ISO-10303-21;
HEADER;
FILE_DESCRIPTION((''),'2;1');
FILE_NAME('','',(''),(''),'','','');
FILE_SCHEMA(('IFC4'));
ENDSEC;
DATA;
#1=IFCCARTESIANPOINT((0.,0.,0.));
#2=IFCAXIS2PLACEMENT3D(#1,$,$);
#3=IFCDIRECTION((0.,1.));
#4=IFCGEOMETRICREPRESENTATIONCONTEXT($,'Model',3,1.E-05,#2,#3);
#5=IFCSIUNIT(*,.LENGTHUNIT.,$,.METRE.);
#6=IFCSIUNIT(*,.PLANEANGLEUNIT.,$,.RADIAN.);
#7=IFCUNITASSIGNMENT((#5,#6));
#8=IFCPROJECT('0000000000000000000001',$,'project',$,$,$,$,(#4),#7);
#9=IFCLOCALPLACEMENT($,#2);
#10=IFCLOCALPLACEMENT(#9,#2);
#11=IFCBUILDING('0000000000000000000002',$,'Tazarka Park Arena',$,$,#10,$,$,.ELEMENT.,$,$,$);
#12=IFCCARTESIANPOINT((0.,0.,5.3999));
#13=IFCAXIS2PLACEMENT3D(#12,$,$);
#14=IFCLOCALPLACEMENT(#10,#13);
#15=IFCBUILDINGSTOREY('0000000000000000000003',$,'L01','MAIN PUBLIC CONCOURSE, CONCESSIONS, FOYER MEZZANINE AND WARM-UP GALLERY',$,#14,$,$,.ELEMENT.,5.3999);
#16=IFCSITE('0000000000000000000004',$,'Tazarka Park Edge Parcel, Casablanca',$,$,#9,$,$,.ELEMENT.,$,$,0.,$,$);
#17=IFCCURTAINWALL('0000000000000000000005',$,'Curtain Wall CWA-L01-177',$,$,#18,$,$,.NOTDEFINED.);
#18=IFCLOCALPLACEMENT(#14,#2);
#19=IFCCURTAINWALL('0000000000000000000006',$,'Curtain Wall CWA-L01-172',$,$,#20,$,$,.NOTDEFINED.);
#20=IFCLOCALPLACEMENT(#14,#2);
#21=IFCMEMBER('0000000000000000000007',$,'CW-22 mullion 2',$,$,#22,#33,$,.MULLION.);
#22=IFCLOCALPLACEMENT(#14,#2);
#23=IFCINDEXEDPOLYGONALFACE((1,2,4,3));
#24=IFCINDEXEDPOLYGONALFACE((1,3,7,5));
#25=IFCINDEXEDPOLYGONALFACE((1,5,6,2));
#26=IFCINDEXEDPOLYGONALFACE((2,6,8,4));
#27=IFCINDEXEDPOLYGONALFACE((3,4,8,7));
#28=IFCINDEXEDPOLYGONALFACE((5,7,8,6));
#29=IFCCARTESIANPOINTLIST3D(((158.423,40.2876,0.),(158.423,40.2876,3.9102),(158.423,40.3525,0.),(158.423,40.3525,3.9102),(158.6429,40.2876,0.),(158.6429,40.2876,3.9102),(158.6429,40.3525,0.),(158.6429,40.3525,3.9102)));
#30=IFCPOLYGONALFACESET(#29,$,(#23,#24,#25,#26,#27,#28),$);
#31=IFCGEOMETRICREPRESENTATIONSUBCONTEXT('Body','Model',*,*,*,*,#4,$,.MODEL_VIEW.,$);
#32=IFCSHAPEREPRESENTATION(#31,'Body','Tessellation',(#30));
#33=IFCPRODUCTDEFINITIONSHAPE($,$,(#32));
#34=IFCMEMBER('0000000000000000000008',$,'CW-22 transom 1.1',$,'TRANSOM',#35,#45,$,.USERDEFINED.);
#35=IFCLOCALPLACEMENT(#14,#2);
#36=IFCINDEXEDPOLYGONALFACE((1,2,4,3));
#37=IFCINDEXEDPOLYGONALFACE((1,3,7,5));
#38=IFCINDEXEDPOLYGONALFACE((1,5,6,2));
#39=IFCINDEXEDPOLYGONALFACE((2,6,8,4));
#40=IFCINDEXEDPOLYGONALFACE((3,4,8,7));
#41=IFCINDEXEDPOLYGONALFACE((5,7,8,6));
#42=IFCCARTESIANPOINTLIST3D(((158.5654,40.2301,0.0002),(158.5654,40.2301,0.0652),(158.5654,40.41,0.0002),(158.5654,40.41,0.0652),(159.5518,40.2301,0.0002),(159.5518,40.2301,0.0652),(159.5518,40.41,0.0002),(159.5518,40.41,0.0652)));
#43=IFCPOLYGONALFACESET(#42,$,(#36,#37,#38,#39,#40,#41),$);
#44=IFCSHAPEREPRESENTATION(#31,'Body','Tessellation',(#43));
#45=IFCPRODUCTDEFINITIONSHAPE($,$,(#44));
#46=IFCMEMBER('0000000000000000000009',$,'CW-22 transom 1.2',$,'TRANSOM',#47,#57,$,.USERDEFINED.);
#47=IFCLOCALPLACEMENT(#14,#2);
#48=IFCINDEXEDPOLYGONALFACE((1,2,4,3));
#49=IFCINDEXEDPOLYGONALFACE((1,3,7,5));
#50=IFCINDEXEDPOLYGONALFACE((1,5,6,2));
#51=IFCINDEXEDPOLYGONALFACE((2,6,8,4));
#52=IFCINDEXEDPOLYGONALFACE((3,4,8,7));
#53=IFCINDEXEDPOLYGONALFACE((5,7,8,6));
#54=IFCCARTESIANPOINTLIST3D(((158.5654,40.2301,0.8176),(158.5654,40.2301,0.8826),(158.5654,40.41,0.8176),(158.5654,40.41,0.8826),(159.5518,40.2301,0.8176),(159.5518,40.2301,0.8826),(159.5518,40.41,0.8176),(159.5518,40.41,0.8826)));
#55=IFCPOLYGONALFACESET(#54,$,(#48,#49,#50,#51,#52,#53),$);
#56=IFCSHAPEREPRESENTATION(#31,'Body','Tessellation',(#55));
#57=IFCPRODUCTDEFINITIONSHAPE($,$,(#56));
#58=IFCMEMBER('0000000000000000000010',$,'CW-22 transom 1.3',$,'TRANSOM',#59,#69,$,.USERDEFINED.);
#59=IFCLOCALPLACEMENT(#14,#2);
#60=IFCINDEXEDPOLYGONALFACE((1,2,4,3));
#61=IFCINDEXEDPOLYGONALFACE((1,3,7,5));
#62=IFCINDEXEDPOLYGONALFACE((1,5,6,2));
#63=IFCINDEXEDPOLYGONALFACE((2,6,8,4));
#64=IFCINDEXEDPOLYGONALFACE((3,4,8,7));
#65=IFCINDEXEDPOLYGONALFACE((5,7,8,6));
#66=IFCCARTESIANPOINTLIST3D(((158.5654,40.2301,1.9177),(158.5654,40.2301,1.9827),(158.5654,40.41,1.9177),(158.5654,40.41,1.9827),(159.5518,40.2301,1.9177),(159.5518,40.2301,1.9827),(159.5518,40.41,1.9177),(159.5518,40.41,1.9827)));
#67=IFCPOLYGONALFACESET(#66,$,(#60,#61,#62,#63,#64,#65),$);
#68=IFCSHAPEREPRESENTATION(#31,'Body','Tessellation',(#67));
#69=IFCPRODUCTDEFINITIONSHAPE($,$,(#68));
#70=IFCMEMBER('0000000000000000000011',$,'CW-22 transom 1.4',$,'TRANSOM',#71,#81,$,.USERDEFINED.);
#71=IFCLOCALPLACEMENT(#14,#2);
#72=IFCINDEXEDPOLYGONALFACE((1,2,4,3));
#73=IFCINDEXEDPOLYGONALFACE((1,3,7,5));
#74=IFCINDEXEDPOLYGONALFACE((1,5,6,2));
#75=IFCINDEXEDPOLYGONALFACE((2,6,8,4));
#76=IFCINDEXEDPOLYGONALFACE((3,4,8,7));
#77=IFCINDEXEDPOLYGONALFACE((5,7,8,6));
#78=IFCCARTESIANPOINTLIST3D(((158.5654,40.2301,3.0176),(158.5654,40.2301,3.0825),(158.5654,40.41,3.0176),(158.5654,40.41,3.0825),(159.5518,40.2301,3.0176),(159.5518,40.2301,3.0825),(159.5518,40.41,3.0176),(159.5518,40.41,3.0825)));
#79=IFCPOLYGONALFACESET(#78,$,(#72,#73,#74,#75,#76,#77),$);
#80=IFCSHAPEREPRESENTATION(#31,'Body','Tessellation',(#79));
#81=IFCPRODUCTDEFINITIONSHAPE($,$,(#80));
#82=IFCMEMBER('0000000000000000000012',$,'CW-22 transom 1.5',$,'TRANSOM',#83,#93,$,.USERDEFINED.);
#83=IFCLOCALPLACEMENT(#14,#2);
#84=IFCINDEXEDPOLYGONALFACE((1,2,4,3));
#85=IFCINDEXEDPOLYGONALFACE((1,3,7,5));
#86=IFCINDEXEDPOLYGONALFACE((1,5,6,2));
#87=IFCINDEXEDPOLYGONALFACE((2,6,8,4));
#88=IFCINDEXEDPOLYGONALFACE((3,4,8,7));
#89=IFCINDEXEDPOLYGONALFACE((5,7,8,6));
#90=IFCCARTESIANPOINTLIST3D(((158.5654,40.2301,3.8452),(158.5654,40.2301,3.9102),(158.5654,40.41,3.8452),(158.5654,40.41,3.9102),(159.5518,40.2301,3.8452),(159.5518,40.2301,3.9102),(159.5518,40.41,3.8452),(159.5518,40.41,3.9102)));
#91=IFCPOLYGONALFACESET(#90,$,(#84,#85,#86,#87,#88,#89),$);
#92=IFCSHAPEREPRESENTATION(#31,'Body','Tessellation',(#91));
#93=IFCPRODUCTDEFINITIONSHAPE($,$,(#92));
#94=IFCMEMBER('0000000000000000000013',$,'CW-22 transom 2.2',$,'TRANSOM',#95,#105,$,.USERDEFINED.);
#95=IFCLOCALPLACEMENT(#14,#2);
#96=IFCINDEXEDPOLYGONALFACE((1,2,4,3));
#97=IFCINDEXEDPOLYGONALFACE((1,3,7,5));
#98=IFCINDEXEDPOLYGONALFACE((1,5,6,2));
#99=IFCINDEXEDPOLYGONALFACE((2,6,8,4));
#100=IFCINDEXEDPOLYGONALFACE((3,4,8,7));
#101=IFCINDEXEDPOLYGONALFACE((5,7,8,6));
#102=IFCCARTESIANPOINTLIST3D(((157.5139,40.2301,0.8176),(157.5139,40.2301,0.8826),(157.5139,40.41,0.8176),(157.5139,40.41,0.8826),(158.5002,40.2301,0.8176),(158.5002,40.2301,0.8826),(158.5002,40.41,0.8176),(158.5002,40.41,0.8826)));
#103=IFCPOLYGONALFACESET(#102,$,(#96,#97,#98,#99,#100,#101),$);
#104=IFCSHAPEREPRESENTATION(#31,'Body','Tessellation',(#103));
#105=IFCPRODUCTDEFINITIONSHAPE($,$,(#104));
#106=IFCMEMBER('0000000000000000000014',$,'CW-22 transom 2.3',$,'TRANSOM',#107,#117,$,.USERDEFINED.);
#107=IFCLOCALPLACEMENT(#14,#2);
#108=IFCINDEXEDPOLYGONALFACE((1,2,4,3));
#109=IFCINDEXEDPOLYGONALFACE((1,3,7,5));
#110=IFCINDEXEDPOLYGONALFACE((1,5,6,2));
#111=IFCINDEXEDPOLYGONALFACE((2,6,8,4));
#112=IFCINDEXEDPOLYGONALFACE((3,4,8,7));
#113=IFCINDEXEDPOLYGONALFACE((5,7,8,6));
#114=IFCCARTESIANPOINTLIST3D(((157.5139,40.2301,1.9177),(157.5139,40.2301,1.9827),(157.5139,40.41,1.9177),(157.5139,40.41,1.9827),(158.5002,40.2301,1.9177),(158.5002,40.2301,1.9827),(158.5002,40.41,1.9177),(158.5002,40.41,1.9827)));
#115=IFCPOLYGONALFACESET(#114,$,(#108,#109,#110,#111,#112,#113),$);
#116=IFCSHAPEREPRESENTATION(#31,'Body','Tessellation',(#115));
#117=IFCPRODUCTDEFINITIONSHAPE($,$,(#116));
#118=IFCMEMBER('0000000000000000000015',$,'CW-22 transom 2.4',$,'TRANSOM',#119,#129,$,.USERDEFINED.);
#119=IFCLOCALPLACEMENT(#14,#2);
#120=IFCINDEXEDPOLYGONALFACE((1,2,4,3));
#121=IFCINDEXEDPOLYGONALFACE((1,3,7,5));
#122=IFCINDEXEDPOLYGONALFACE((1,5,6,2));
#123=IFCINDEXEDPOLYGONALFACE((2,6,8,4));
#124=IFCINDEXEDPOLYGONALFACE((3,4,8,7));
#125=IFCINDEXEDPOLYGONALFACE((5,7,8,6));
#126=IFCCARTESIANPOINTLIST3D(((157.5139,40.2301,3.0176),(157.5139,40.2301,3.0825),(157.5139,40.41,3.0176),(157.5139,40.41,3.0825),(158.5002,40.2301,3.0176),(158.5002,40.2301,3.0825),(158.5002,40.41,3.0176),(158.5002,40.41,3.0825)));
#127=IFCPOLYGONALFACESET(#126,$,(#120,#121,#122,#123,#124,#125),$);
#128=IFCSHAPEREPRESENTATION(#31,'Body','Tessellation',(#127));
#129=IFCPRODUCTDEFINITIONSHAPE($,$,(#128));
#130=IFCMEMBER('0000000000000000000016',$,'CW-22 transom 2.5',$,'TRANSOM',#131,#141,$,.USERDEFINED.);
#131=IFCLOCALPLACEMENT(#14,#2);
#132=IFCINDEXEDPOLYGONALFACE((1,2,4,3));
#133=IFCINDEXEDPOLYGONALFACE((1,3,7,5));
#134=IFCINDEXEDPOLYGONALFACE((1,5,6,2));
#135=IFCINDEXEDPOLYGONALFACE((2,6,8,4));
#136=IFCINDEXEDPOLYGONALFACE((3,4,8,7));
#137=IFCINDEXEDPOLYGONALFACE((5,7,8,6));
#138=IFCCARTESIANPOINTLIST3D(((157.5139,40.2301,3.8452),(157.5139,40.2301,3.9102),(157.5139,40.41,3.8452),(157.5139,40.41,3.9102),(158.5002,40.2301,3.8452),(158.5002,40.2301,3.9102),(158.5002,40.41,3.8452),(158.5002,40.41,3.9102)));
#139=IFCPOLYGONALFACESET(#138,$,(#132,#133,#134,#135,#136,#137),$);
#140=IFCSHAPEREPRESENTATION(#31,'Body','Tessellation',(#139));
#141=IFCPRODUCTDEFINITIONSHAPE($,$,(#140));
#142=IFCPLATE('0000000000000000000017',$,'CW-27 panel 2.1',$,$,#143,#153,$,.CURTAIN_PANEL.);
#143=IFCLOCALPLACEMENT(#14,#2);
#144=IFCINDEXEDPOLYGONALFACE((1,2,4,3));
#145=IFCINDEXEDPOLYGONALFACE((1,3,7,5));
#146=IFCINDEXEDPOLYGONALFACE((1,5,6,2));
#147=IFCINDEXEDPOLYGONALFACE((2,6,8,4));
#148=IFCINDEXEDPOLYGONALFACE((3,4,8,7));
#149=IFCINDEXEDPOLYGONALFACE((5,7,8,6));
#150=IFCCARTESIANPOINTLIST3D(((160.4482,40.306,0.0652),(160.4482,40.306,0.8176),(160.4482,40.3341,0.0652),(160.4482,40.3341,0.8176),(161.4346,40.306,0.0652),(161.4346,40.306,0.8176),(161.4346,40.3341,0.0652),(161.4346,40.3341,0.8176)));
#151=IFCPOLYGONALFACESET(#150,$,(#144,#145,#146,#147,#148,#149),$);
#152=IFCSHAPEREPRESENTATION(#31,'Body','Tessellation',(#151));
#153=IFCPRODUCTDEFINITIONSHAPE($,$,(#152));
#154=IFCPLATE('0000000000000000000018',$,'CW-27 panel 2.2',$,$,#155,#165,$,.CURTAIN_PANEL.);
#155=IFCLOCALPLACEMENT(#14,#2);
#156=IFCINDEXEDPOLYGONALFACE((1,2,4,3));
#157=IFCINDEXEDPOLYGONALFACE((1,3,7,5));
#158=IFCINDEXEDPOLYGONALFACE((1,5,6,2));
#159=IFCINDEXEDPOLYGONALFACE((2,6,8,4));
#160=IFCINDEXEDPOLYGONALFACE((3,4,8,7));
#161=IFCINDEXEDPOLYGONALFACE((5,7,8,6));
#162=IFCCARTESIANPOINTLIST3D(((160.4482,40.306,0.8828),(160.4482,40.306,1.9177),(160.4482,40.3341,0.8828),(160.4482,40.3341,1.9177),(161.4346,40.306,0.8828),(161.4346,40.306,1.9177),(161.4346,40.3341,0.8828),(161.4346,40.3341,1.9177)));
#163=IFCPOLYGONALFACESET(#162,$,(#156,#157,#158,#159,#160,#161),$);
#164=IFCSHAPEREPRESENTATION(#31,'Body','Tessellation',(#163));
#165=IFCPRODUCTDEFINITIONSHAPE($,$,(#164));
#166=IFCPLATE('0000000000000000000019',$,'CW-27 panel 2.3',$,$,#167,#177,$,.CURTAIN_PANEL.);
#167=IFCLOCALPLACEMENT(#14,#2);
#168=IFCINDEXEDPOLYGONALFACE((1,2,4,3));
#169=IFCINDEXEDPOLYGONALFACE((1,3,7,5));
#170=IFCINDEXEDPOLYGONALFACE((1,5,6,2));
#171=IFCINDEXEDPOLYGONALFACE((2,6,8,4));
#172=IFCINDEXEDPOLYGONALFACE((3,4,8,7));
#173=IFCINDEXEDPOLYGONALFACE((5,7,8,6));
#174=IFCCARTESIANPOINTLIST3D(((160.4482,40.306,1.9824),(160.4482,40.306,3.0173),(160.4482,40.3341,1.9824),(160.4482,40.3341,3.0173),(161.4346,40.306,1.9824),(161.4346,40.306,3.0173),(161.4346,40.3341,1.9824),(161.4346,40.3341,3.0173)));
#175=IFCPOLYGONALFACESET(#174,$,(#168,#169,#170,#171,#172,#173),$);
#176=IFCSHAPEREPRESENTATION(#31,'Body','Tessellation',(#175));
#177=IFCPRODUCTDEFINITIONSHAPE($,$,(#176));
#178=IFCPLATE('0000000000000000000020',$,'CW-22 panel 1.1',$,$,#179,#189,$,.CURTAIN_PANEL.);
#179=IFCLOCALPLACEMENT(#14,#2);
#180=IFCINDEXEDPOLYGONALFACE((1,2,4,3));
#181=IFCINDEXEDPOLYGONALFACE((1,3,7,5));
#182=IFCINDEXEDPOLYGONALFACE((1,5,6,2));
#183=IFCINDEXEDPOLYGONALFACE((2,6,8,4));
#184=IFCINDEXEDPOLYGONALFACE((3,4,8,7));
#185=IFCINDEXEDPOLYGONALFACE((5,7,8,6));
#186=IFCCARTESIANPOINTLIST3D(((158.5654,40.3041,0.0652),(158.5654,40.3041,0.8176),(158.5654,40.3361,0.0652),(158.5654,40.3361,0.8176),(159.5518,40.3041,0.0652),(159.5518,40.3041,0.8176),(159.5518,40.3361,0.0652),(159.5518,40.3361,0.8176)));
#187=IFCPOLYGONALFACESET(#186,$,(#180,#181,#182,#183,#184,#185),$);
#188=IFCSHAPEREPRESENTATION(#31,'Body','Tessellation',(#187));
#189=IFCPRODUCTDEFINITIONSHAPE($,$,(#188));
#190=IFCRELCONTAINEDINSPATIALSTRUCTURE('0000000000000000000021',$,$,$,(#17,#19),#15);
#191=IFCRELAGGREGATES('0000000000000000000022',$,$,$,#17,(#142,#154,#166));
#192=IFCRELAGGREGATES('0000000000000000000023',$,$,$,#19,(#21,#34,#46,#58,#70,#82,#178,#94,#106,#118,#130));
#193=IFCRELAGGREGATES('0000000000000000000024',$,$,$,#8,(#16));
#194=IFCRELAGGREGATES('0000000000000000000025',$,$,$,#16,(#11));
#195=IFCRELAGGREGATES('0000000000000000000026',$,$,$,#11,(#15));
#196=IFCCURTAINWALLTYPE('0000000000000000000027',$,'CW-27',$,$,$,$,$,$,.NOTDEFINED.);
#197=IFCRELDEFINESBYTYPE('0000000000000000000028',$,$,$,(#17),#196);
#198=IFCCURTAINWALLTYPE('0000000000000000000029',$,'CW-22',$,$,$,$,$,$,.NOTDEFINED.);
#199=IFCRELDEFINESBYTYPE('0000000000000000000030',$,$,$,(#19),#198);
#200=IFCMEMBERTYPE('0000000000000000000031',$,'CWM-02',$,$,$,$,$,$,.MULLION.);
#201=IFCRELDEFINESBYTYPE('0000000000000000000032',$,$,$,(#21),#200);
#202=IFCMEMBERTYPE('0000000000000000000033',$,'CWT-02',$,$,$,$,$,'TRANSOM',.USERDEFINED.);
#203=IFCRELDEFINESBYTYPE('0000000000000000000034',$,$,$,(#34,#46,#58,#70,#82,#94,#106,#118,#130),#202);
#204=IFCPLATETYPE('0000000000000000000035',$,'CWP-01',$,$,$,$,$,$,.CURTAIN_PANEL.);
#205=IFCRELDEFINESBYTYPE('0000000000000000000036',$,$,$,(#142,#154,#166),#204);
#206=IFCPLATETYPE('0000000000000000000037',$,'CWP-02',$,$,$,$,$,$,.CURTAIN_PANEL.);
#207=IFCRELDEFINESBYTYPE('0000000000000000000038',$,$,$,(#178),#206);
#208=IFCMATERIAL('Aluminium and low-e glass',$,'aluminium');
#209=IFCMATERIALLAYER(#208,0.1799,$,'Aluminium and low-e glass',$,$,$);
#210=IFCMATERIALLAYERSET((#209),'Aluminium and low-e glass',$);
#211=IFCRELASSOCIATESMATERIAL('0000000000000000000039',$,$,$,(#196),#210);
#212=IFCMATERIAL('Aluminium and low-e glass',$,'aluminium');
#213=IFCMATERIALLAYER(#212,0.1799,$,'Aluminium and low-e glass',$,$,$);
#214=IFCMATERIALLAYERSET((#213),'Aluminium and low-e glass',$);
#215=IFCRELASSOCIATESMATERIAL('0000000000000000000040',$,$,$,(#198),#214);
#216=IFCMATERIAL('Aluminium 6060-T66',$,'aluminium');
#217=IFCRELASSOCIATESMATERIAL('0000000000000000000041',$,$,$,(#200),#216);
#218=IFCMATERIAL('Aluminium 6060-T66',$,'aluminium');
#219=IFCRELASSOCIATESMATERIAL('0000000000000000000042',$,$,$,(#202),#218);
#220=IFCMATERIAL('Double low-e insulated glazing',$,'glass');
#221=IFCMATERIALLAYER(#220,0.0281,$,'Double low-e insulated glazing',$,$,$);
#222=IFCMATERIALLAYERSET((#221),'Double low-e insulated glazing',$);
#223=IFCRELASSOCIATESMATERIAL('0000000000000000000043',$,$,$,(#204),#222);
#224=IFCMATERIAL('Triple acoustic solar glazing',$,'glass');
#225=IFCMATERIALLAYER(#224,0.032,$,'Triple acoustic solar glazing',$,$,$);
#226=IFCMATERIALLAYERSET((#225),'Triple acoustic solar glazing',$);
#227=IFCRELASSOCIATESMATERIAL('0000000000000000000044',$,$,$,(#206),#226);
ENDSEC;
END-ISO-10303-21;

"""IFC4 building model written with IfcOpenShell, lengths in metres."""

from ifc_helpers import new_model, si_unit, direction, frame, origin, origin_2d, place, context, subcontext, project, spatial, rectangle, extrude, material, layer, layer_set, material_profile, profile_set, type_object, element, aggregate, save


model = new_model("IFC4")

# Units and contexts
model_context = context("Model", 3, precision=1e-05, world=origin(), true_north=direction((0.0, 1.0)))
body_context = subcontext(model_context, "Body", "Model", "MODEL_VIEW")
ifc_project = project(units=[si_unit("LENGTHUNIT", "METRE"), si_unit("PLANEANGLEUNIT", "RADIAN")], contexts=[model_context])

# Site, building, storey
site_placement = place(None, origin())
site = spatial("IfcSite", under=ifc_project, at=site_placement, Name="Tazarka Park Edge Parcel, Casablanca", CompositionType="ELEMENT", RefElevation=0.0)
building_placement = place(site_placement, origin())
building = spatial("IfcBuilding", under=site, at=building_placement, Name="Tazarka Park Arena", CompositionType="ELEMENT")
storey_placement = place(building_placement, frame((0.0, 0.0, 5.3999)))
storey = spatial("IfcBuildingStorey", under=building, at=storey_placement, Name="L01", Description="MAIN PUBLIC CONCOURSE, CONCESSIONS, FOYER MEZZANINE AND WARM-UP GALLERY", CompositionType="ELEMENT", Elevation=5.3999)

# Curtain wall
ifc_material_1 = material(Name="Aluminium and low-e glass", Category="aluminium")
ifc_layer_1 = layer(ifc_material_1, 0.1799, Name="Aluminium and low-e glass")
ifc_layer_set_1 = layer_set([ifc_layer_1], Name="Aluminium and low-e glass")
curtain_wall_type_1 = type_object("IfcCurtainWallType", Name="CW-27", PredefinedType="NOTDEFINED", material=ifc_layer_set_1)
curtain_wall_1_placement = place(storey_placement, origin())
curtain_wall_1 = element("IfcCurtainWall", 1, at=curtain_wall_1_placement, inside=storey, type_object=curtain_wall_type_1, Name="Curtain Wall CWA-L01-177", PredefinedType="NOTDEFINED")

# Curtain wall, members
ifc_material_2 = material(Name="Aluminium and low-e glass", Category="aluminium")
ifc_layer_2 = layer(ifc_material_2, 0.1799, Name="Aluminium and low-e glass")
ifc_layer_set_2 = layer_set([ifc_layer_2], Name="Aluminium and low-e glass")
curtain_wall_type_2 = type_object("IfcCurtainWallType", Name="CW-22", PredefinedType="NOTDEFINED", material=ifc_layer_set_2)
curtain_wall_2_placement = place(storey_placement, origin())
curtain_wall_2 = element("IfcCurtainWall", 2, at=curtain_wall_2_placement, inside=storey, type_object=curtain_wall_type_2, Name="Curtain Wall CWA-L01-172", PredefinedType="NOTDEFINED")
ifc_material_3 = material(Name="Aluminium 6060-T66", Category="aluminium")
ifc_material_profile_1 = material_profile(ifc_material_3, rectangle(XDim=0.0649, YDim=0.22, at=origin_2d()), Name="Aluminium 6060-T66")
ifc_profile_set_1 = profile_set([ifc_material_profile_1], Name="Aluminium 6060-T66")
member_type_1 = type_object("IfcMemberType", Name="CWM-02", PredefinedType="MULLION", material=ifc_profile_set_1)
member_1_placement = place(storey_placement, frame((158.533, 40.3201, 0.0), z_axis=(0.0, 0.0, 1.0), x_axis=(0.0, -1.0, 0.0)))
member_1 = element("IfcMember", 3, at=member_1_placement, type_object=member_type_1, Name="CW-22 mullion 2", PredefinedType="MULLION", context=body_context, shape_type="SweptSolid", body=[
    extrude(rectangle(XDim=0.0649, YDim=0.22, at=origin_2d()), origin(), (0.0, 0.0, 1.0), 3.9102),
])
ifc_material_4 = material(Name="Aluminium 6060-T66", Category="aluminium")
ifc_material_profile_2 = material_profile(ifc_material_4, rectangle(XDim=0.1799, YDim=0.0649, at=origin_2d()), Name="Aluminium 6060-T66")
ifc_profile_set_2 = profile_set([ifc_material_profile_2], Name="Aluminium 6060-T66")
member_type_2 = type_object("IfcMemberType", Name="CWT-02", ElementType="TRANSOM", PredefinedType="USERDEFINED", material=ifc_profile_set_2)
member_2_placement = place(storey_placement, frame((159.5518, 40.3201, 0.0327), z_axis=(-1.0, 0.0, 0.0), x_axis=(0.0, -1.0, 0.0)))
member_2 = element("IfcMember", 4, at=member_2_placement, type_object=member_type_2, Name="CW-22 transom 1.1", ObjectType="TRANSOM", PredefinedType="USERDEFINED", context=body_context, shape_type="SweptSolid", body=[
    extrude(rectangle(XDim=0.1799, YDim=0.0649, at=origin_2d()), origin(), (0.0, 0.0, 1.0), 0.9863),
])
member_3_placement = place(storey_placement, frame((159.5518, 40.3201, 0.8501), z_axis=(-1.0, 0.0, 0.0), x_axis=(0.0, -1.0, 0.0)))
member_3 = element("IfcMember", 5, at=member_3_placement, type_object=member_type_2, Name="CW-22 transom 1.2", ObjectType="TRANSOM", PredefinedType="USERDEFINED", context=body_context, shape_type="SweptSolid", body=[
    extrude(rectangle(XDim=0.1799, YDim=0.0649, at=origin_2d()), origin(), (0.0, 0.0, 1.0), 0.9863),
])
member_4_placement = place(storey_placement, frame((159.5518, 40.3201, 1.9502), z_axis=(-1.0, 0.0, 0.0), x_axis=(0.0, -1.0, 0.0)))
member_4 = element("IfcMember", 6, at=member_4_placement, type_object=member_type_2, Name="CW-22 transom 1.3", ObjectType="TRANSOM", PredefinedType="USERDEFINED", context=body_context, shape_type="SweptSolid", body=[
    extrude(rectangle(XDim=0.1799, YDim=0.0649, at=origin_2d()), origin(), (0.0, 0.0, 1.0), 0.9863),
])
member_5_placement = place(storey_placement, frame((159.5518, 40.3201, 3.05), z_axis=(-1.0, 0.0, 0.0), x_axis=(0.0, -1.0, 0.0)))
member_5 = element("IfcMember", 7, at=member_5_placement, type_object=member_type_2, Name="CW-22 transom 1.4", ObjectType="TRANSOM", PredefinedType="USERDEFINED", context=body_context, shape_type="SweptSolid", body=[
    extrude(rectangle(XDim=0.1799, YDim=0.0649, at=origin_2d()), origin(), (0.0, 0.0, 1.0), 0.9863),
])
member_6_placement = place(storey_placement, frame((159.5518, 40.3201, 3.8777), z_axis=(-1.0, 0.0, 0.0), x_axis=(0.0, -1.0, 0.0)))
member_6 = element("IfcMember", 8, at=member_6_placement, type_object=member_type_2, Name="CW-22 transom 1.5", ObjectType="TRANSOM", PredefinedType="USERDEFINED", context=body_context, shape_type="SweptSolid", body=[
    extrude(rectangle(XDim=0.1799, YDim=0.0649, at=origin_2d()), origin(), (0.0, 0.0, 1.0), 0.9863),
])
member_7_placement = place(storey_placement, frame((158.5002, 40.3201, 0.8501), z_axis=(-1.0, 0.0, 0.0), x_axis=(0.0, -1.0, 0.0)))
member_7 = element("IfcMember", 9, at=member_7_placement, type_object=member_type_2, Name="CW-22 transom 2.2", ObjectType="TRANSOM", PredefinedType="USERDEFINED", context=body_context, shape_type="SweptSolid", body=[
    extrude(rectangle(XDim=0.1799, YDim=0.0649, at=origin_2d()), origin(), (0.0, 0.0, 1.0), 0.9863),
])
member_8_placement = place(storey_placement, frame((158.5002, 40.3201, 1.9502), z_axis=(-1.0, 0.0, 0.0), x_axis=(0.0, -1.0, 0.0)))
member_8 = element("IfcMember", 10, at=member_8_placement, type_object=member_type_2, Name="CW-22 transom 2.3", ObjectType="TRANSOM", PredefinedType="USERDEFINED", context=body_context, shape_type="SweptSolid", body=[
    extrude(rectangle(XDim=0.1799, YDim=0.0649, at=origin_2d()), origin(), (0.0, 0.0, 1.0), 0.9863),
])
member_9_placement = place(storey_placement, frame((158.5002, 40.3201, 3.05), z_axis=(-1.0, 0.0, 0.0), x_axis=(0.0, -1.0, 0.0)))
member_9 = element("IfcMember", 11, at=member_9_placement, type_object=member_type_2, Name="CW-22 transom 2.4", ObjectType="TRANSOM", PredefinedType="USERDEFINED", context=body_context, shape_type="SweptSolid", body=[
    extrude(rectangle(XDim=0.1799, YDim=0.0649, at=origin_2d()), origin(), (0.0, 0.0, 1.0), 0.9863),
])
member_10_placement = place(storey_placement, frame((158.5002, 40.3201, 3.8777), z_axis=(-1.0, 0.0, 0.0), x_axis=(0.0, -1.0, 0.0)))
member_10 = element("IfcMember", 12, at=member_10_placement, type_object=member_type_2, Name="CW-22 transom 2.5", ObjectType="TRANSOM", PredefinedType="USERDEFINED", context=body_context, shape_type="SweptSolid", body=[
    extrude(rectangle(XDim=0.1799, YDim=0.0649, at=origin_2d()), origin(), (0.0, 0.0, 1.0), 0.9863),
])

# Plates
ifc_material_5 = material(Name="Double low-e insulated glazing", Category="glass")
ifc_layer_3 = layer(ifc_material_5, 0.0281, Name="Double low-e insulated glazing")
ifc_layer_set_3 = layer_set([ifc_layer_3], Name="Double low-e insulated glazing")
plate_type_1 = type_object("IfcPlateType", Name="CWP-01", PredefinedType="CURTAIN_PANEL", material=ifc_layer_set_3)
plate_1_placement = place(storey_placement, frame((160.9414, 40.3201, 0.0652), z_axis=(0.0, 0.0, 1.0), x_axis=(-1.0, 0.0, 0.0)))
plate_1 = element("IfcPlate", 13, at=plate_1_placement, type_object=plate_type_1, Name="CW-27 panel 2.1", PredefinedType="CURTAIN_PANEL", context=body_context, shape_type="SweptSolid", body=[
    extrude(rectangle(XDim=0.9863, YDim=0.0281, at=origin_2d()), origin(), (0.0, 0.0, 1.0), 0.7524),
])
plate_2_placement = place(storey_placement, frame((160.9414, 40.3201, 0.8828), z_axis=(0.0, 0.0, 1.0), x_axis=(-1.0, 0.0, 0.0)))
plate_2 = element("IfcPlate", 14, at=plate_2_placement, type_object=plate_type_1, Name="CW-27 panel 2.2", PredefinedType="CURTAIN_PANEL", context=body_context, shape_type="SweptSolid", body=[
    extrude(rectangle(XDim=0.9863, YDim=0.0281, at=origin_2d()), origin(), (0.0, 0.0, 1.0), 1.0349),
])
plate_3_placement = place(storey_placement, frame((160.9414, 40.3201, 1.9824), z_axis=(0.0, 0.0, 1.0), x_axis=(-1.0, 0.0, 0.0)))
plate_3 = element("IfcPlate", 15, at=plate_3_placement, type_object=plate_type_1, Name="CW-27 panel 2.3", PredefinedType="CURTAIN_PANEL", context=body_context, shape_type="SweptSolid", body=[
    extrude(rectangle(XDim=0.9863, YDim=0.0281, at=origin_2d()), origin(), (0.0, 0.0, 1.0), 1.0349),
])
aggregate(curtain_wall_1, [plate_1, plate_2, plate_3])
ifc_material_6 = material(Name="Triple acoustic solar glazing", Category="glass")
ifc_layer_4 = layer(ifc_material_6, 0.032, Name="Triple acoustic solar glazing")
ifc_layer_set_4 = layer_set([ifc_layer_4], Name="Triple acoustic solar glazing")
plate_type_2 = type_object("IfcPlateType", Name="CWP-02", PredefinedType="CURTAIN_PANEL", material=ifc_layer_set_4)
plate_4_placement = place(storey_placement, frame((159.0586, 40.3201, 0.0652), z_axis=(0.0, 0.0, 1.0), x_axis=(-1.0, 0.0, 0.0)))
plate_4 = element("IfcPlate", 16, at=plate_4_placement, type_object=plate_type_2, Name="CW-22 panel 1.1", PredefinedType="CURTAIN_PANEL", context=body_context, shape_type="SweptSolid", body=[
    extrude(rectangle(XDim=0.9863, YDim=0.032, at=origin_2d()), origin(), (0.0, 0.0, 1.0), 0.7524),
])
aggregate(curtain_wall_2, [member_1, member_2, member_3, member_4, member_5, member_6, plate_4, member_7, member_8, member_9, member_10])

save(model, "model.ifc")
